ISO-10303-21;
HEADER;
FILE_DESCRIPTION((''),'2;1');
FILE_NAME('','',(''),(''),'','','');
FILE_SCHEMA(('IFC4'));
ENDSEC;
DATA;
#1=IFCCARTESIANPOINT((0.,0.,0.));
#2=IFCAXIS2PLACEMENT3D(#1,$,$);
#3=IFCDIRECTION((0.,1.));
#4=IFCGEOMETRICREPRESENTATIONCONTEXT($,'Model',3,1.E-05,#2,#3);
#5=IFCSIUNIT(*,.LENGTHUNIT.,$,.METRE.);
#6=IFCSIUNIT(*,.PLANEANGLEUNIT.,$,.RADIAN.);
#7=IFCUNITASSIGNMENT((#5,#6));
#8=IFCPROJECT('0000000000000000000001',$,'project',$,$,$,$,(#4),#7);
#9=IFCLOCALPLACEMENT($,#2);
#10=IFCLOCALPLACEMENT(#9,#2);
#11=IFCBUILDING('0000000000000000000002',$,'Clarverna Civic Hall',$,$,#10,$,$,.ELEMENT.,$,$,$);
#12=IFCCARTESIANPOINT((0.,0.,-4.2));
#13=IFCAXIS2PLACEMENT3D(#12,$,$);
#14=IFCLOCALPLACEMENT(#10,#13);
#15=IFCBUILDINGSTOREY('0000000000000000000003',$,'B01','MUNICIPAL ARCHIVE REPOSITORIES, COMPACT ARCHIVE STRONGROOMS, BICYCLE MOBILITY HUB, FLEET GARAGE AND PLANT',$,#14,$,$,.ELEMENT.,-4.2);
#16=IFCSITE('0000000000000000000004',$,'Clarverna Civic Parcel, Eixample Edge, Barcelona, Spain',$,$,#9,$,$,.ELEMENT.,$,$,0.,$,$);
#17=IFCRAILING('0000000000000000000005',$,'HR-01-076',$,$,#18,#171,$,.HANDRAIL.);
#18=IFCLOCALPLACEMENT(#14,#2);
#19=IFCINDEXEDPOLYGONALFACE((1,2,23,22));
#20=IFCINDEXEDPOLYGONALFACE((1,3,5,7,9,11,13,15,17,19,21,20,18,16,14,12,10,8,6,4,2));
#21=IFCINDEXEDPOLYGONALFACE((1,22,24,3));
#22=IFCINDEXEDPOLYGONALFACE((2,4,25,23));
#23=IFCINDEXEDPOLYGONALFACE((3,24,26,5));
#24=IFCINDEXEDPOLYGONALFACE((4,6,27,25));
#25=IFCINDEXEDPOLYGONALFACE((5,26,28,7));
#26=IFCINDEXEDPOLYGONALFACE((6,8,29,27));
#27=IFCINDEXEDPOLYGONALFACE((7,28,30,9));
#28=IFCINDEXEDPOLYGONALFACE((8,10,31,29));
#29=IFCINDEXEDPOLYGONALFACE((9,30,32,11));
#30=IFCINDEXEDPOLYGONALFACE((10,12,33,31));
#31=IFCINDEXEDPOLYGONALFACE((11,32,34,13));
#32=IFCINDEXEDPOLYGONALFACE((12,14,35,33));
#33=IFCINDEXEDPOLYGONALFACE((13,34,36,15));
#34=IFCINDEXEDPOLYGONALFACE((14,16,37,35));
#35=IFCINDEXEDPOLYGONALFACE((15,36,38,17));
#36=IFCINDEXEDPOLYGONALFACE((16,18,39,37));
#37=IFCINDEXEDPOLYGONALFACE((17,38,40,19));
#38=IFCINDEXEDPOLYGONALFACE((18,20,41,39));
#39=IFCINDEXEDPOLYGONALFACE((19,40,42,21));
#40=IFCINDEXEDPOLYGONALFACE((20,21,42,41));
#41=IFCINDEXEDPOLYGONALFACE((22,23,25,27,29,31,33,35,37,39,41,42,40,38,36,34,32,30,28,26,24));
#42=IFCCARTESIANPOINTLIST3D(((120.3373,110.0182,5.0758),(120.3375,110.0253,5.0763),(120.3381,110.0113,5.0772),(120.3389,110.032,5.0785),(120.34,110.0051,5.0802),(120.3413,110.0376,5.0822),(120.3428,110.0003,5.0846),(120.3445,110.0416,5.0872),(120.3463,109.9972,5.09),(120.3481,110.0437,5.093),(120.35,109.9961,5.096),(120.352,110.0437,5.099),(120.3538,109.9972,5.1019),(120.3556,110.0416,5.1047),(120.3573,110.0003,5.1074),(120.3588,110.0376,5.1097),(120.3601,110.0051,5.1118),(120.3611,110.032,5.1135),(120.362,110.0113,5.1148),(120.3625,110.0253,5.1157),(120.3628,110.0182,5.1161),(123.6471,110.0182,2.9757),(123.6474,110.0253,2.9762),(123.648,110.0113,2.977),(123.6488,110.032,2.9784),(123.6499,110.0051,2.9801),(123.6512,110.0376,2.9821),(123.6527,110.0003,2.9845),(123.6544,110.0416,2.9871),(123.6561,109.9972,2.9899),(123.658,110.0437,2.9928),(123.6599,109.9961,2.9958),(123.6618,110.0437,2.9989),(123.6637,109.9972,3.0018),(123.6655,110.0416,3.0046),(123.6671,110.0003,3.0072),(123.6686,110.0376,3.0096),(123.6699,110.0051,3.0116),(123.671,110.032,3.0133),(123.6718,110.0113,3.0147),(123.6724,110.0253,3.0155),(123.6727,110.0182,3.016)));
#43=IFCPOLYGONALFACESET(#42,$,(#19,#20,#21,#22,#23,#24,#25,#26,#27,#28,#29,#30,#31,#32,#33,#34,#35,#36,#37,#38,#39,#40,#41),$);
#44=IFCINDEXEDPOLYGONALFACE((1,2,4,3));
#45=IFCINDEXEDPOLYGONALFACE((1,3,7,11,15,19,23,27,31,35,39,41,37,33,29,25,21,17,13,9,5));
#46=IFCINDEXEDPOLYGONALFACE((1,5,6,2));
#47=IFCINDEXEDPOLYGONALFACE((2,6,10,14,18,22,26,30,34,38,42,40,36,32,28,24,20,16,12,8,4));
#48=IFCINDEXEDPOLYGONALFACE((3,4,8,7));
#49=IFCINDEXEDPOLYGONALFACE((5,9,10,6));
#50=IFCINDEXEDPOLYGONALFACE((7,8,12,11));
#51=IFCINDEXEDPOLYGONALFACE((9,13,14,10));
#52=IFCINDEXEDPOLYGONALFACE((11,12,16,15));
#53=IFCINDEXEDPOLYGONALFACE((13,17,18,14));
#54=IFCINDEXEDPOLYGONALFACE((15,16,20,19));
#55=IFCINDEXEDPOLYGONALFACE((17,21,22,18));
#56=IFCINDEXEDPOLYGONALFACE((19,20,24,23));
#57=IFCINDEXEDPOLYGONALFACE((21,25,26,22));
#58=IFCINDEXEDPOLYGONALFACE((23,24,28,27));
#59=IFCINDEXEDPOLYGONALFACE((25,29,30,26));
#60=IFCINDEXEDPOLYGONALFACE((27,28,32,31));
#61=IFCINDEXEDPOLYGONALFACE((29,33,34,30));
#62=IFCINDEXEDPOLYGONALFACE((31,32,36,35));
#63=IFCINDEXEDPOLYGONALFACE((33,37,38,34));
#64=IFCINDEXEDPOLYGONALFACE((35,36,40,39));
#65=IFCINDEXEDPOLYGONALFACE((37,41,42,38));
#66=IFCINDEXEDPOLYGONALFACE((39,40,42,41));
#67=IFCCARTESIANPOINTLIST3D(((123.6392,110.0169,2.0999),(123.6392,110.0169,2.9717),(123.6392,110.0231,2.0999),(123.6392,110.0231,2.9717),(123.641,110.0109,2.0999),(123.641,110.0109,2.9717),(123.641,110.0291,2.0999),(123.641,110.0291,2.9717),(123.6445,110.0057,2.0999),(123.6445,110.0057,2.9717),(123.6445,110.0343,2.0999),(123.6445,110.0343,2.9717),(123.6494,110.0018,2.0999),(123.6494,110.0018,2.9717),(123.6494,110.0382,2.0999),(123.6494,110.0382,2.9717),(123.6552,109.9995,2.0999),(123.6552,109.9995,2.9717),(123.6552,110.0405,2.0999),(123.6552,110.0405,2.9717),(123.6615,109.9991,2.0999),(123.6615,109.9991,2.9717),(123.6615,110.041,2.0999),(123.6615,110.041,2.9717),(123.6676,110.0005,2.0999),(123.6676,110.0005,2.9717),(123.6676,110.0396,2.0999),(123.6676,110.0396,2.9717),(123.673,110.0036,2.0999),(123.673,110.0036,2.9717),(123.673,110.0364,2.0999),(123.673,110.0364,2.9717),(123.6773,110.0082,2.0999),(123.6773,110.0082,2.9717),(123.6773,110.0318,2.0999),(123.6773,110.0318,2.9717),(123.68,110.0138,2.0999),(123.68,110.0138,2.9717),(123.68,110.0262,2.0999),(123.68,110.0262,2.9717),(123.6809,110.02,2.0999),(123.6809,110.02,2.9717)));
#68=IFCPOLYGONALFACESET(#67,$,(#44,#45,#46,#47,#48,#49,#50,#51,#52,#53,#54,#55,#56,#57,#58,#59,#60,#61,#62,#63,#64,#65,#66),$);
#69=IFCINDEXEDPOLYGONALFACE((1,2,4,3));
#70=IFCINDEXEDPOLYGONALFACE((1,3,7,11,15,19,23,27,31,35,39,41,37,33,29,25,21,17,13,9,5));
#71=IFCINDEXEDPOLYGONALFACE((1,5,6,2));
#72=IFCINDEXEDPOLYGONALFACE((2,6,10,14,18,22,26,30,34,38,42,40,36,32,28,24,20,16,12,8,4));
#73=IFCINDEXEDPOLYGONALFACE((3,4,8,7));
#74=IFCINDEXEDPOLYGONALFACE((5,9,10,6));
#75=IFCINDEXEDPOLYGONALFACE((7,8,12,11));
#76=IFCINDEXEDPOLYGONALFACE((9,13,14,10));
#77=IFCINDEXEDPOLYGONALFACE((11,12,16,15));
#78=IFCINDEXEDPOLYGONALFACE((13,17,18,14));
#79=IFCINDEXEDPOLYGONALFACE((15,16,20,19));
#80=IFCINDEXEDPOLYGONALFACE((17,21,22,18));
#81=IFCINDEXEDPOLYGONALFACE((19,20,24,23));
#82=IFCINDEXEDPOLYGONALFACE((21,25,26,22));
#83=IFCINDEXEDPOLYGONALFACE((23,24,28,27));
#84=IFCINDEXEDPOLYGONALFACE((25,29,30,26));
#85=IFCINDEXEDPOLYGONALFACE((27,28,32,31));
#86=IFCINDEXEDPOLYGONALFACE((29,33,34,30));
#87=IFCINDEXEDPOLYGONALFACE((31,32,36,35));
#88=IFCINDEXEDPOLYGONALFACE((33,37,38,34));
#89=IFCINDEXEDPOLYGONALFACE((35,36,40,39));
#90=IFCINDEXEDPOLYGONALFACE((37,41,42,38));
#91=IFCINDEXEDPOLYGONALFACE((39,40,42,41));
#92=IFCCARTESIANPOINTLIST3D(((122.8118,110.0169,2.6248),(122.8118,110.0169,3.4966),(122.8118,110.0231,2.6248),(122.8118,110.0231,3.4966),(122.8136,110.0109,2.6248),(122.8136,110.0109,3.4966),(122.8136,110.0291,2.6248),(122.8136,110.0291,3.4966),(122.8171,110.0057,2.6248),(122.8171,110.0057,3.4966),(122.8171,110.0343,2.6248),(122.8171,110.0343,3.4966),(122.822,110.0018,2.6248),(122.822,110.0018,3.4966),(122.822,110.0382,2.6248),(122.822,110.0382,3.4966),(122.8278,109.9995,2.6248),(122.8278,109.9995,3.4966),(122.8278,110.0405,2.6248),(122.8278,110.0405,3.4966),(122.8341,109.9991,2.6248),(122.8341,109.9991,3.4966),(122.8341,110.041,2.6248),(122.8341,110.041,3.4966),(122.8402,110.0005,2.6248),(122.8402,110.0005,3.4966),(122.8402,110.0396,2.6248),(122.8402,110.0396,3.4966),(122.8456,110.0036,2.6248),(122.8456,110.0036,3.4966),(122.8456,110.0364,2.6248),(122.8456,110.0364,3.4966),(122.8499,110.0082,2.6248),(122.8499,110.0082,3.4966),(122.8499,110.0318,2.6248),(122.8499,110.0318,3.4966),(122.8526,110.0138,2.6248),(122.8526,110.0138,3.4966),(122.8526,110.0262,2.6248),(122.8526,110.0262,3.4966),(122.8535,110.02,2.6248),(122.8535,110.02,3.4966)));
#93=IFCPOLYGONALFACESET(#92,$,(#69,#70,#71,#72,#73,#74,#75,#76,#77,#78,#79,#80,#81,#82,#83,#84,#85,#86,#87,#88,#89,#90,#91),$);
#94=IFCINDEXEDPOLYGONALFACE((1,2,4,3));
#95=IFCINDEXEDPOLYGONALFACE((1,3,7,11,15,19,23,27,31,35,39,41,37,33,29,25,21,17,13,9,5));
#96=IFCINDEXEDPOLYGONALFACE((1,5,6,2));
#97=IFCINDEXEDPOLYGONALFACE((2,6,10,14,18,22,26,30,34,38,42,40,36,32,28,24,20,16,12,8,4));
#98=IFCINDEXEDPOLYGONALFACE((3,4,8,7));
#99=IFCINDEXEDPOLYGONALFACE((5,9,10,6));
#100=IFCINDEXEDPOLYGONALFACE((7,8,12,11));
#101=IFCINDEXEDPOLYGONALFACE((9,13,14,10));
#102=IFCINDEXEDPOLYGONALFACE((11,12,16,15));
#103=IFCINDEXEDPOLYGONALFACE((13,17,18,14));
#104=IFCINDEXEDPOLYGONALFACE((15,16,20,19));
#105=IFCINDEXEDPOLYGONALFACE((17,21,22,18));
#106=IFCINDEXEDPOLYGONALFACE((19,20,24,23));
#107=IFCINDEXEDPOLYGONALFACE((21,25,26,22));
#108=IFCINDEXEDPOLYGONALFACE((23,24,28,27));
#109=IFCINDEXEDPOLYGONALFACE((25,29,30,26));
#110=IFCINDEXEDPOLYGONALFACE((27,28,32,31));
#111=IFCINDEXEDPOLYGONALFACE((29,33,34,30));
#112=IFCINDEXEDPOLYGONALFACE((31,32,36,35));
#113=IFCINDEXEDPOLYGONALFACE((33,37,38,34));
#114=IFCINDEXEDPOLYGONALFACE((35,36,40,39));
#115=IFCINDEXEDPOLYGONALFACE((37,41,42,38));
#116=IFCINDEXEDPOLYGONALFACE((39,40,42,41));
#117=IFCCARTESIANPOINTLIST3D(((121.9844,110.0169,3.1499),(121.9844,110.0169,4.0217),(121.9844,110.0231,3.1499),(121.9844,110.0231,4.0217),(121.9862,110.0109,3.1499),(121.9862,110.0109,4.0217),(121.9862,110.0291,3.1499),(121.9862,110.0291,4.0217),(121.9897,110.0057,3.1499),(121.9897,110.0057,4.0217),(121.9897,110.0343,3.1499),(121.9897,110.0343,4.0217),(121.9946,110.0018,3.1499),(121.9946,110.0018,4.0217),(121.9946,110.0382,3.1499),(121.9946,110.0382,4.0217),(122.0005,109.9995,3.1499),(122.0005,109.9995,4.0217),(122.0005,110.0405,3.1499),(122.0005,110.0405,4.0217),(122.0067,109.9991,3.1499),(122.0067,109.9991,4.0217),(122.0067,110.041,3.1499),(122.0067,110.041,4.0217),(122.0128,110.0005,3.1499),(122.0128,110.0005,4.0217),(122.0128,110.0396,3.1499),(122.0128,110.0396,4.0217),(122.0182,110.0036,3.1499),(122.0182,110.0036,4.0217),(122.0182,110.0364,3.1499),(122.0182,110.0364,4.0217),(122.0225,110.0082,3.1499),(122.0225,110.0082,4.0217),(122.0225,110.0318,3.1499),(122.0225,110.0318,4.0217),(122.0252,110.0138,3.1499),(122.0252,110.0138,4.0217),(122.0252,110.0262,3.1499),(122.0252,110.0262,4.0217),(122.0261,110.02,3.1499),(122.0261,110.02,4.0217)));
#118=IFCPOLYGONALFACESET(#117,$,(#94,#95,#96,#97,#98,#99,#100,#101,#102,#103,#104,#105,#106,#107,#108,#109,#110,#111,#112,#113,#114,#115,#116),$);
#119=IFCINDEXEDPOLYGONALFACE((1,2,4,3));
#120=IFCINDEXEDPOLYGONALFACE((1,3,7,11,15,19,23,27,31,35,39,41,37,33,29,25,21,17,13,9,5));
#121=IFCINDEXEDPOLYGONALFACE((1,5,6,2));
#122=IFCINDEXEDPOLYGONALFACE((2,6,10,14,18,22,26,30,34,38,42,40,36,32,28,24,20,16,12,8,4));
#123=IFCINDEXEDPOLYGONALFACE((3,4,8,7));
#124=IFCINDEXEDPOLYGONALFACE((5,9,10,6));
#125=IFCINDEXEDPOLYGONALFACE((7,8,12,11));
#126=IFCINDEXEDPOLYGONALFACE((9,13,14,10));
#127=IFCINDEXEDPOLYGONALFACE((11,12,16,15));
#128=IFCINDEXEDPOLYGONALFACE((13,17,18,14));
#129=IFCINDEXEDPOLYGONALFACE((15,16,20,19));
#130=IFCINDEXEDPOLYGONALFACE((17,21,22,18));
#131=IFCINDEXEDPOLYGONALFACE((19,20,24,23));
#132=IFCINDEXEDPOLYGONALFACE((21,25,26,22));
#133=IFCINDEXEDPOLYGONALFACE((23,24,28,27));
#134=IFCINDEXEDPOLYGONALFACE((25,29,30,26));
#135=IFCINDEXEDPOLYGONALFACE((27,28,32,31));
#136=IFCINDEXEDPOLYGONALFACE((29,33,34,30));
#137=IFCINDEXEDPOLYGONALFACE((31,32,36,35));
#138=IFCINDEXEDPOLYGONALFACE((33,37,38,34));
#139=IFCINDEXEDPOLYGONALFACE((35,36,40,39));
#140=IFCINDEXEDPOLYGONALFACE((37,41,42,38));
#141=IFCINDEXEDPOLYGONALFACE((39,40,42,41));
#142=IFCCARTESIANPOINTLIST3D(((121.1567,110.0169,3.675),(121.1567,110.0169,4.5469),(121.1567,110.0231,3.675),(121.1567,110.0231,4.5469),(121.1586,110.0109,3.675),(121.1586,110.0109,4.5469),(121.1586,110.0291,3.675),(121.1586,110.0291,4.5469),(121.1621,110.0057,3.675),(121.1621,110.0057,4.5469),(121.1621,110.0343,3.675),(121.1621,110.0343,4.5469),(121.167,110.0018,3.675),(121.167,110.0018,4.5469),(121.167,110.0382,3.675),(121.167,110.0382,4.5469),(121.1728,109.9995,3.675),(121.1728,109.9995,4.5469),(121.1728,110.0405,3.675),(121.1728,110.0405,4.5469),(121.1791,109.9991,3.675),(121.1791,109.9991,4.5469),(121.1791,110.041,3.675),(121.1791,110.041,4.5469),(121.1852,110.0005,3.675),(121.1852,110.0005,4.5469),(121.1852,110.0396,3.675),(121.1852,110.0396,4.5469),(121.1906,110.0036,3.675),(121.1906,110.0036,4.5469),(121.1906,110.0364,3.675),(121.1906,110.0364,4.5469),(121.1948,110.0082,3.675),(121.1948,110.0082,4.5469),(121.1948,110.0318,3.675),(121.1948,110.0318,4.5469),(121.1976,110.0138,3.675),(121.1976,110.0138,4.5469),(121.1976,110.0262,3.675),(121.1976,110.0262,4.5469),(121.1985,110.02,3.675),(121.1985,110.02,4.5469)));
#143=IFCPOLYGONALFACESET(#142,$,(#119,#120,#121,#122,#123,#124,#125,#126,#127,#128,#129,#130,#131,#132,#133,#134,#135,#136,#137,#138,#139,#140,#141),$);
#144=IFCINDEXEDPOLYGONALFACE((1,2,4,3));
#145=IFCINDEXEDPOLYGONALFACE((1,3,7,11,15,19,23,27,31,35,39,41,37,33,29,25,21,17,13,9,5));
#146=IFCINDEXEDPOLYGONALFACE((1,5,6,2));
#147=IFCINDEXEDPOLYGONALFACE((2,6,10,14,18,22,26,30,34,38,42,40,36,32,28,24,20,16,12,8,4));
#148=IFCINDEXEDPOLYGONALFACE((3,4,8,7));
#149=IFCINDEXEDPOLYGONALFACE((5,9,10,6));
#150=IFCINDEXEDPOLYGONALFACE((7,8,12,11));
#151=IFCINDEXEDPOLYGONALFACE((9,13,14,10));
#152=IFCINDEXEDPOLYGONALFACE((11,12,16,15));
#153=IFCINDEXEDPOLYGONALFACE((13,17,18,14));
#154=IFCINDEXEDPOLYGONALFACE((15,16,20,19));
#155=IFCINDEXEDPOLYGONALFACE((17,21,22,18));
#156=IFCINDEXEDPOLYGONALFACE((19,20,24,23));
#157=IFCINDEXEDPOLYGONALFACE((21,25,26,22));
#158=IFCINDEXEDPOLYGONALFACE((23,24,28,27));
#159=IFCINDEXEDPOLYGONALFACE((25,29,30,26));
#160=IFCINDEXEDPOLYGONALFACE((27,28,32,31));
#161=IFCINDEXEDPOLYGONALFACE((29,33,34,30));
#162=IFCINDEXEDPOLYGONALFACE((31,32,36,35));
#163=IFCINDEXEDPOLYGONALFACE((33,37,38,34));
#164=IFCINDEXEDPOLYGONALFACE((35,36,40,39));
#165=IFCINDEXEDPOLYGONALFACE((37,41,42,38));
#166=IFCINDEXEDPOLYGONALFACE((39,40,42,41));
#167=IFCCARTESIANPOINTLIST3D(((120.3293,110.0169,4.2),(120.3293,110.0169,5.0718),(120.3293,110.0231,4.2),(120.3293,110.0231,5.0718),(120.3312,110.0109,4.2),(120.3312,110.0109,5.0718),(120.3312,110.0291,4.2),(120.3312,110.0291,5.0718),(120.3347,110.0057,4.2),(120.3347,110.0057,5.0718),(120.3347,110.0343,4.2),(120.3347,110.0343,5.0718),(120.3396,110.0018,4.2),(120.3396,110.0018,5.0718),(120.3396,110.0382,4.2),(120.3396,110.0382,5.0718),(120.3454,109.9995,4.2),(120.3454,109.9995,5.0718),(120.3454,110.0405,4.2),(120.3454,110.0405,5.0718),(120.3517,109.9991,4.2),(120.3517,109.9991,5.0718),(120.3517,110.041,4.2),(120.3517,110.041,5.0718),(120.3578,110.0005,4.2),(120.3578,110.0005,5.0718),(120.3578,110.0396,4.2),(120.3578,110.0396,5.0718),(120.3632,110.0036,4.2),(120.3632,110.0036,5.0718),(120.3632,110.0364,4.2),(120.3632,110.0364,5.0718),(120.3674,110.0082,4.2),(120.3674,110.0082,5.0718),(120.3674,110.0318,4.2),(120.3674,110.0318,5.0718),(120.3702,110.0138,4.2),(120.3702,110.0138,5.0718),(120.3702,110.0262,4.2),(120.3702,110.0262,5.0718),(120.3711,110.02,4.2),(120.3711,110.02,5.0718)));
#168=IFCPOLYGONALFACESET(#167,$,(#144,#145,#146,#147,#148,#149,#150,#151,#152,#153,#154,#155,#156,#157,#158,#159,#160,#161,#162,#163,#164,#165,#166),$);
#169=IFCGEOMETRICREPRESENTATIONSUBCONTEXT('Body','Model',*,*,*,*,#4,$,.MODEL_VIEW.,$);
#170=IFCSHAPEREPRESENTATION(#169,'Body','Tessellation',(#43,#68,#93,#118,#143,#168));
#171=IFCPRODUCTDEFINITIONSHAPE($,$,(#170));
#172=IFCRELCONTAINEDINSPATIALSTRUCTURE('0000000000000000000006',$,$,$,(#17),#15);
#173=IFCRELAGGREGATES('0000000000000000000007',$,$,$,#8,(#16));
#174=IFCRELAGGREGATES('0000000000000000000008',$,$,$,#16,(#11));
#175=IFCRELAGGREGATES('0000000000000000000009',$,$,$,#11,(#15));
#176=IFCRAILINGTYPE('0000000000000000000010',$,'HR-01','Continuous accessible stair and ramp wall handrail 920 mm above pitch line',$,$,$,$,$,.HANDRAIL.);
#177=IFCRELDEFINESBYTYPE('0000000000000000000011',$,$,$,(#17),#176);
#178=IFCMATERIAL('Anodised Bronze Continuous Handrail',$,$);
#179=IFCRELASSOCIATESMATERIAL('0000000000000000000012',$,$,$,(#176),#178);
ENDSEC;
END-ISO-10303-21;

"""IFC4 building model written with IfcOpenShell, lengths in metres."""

from ifc_helpers import new_model, si_unit, direction, frame, origin, origin_2d, place, context, subcontext, project, spatial, circle, extrude, material, type_object, element, save


model = new_model("IFC4")

# Units and contexts
model_context = context("Model", 3, precision=1e-05, world=origin(), true_north=direction((0.0, 1.0)))
body_context = subcontext(model_context, "Body", "Model", "MODEL_VIEW")
ifc_project = project(units=[si_unit("LENGTHUNIT", "METRE"), si_unit("PLANEANGLEUNIT", "RADIAN")], contexts=[model_context])

# Site, building, storey
site_placement = place(None, origin())
site = spatial("IfcSite", under=ifc_project, at=site_placement, Name="Clarverna Civic Parcel, Eixample Edge, Barcelona, Spain", CompositionType="ELEMENT", RefElevation=0.0)
building_placement = place(site_placement, origin())
building = spatial("IfcBuilding", under=site, at=building_placement, Name="Clarverna Civic Hall", CompositionType="ELEMENT")
storey_placement = place(building_placement, frame((0.0, 0.0, -4.2)))
storey = spatial("IfcBuildingStorey", under=building, at=storey_placement, Name="B01", Description="MUNICIPAL ARCHIVE REPOSITORIES, COMPACT ARCHIVE STRONGROOMS, BICYCLE MOBILITY HUB, FLEET GARAGE AND PLANT", CompositionType="ELEMENT", Elevation=-4.2)

# Railing
ifc_material_1 = material(Name="Anodised Bronze Continuous Handrail")
railing_type_1 = type_object("IfcRailingType", Name="HR-01", Description="Continuous accessible stair and ramp wall handrail 920 mm above pitch line", PredefinedType="HANDRAIL", material=ifc_material_1)
railing_1_placement = place(storey_placement, frame((123.6599, 110.02, 2.0999)))
element("IfcRailing", 1, at=railing_1_placement, inside=storey, type_object=railing_type_1, Name="HR-01-076", PredefinedType="HANDRAIL", context=body_context, shape_type="SweptSolid", body=[
    extrude(circle(Radius=0.0239, at=origin_2d()), frame((0.0, 0.0, 0.896), z_axis=(-0.844371, 0.0, 0.535759), x_axis=(0.0, -1.0, 0.0)), (0.0, 0.0, 1.0), 3.9199),
    extrude(circle(Radius=0.021, at=origin_2d()), origin(), (0.0, 0.0, 1.0), 0.8718),
    extrude(circle(Radius=0.021, at=origin_2d()), frame((-0.8274, 0.0, 0.5249)), (0.0, 0.0, 1.0), 0.8718),
    extrude(circle(Radius=0.021, at=origin_2d()), frame((-1.6548, 0.0, 1.05)), (0.0, 0.0, 1.0), 0.8718),
    extrude(circle(Radius=0.021, at=origin_2d()), frame((-2.4824, 0.0, 1.5752)), (0.0, 0.0, 1.0), 0.8718),
    extrude(circle(Radius=0.021, at=origin_2d()), frame((-3.3098, 0.0, 2.1001)), (0.0, 0.0, 1.0), 0.8718),
])

save(model, "model.ifc")
